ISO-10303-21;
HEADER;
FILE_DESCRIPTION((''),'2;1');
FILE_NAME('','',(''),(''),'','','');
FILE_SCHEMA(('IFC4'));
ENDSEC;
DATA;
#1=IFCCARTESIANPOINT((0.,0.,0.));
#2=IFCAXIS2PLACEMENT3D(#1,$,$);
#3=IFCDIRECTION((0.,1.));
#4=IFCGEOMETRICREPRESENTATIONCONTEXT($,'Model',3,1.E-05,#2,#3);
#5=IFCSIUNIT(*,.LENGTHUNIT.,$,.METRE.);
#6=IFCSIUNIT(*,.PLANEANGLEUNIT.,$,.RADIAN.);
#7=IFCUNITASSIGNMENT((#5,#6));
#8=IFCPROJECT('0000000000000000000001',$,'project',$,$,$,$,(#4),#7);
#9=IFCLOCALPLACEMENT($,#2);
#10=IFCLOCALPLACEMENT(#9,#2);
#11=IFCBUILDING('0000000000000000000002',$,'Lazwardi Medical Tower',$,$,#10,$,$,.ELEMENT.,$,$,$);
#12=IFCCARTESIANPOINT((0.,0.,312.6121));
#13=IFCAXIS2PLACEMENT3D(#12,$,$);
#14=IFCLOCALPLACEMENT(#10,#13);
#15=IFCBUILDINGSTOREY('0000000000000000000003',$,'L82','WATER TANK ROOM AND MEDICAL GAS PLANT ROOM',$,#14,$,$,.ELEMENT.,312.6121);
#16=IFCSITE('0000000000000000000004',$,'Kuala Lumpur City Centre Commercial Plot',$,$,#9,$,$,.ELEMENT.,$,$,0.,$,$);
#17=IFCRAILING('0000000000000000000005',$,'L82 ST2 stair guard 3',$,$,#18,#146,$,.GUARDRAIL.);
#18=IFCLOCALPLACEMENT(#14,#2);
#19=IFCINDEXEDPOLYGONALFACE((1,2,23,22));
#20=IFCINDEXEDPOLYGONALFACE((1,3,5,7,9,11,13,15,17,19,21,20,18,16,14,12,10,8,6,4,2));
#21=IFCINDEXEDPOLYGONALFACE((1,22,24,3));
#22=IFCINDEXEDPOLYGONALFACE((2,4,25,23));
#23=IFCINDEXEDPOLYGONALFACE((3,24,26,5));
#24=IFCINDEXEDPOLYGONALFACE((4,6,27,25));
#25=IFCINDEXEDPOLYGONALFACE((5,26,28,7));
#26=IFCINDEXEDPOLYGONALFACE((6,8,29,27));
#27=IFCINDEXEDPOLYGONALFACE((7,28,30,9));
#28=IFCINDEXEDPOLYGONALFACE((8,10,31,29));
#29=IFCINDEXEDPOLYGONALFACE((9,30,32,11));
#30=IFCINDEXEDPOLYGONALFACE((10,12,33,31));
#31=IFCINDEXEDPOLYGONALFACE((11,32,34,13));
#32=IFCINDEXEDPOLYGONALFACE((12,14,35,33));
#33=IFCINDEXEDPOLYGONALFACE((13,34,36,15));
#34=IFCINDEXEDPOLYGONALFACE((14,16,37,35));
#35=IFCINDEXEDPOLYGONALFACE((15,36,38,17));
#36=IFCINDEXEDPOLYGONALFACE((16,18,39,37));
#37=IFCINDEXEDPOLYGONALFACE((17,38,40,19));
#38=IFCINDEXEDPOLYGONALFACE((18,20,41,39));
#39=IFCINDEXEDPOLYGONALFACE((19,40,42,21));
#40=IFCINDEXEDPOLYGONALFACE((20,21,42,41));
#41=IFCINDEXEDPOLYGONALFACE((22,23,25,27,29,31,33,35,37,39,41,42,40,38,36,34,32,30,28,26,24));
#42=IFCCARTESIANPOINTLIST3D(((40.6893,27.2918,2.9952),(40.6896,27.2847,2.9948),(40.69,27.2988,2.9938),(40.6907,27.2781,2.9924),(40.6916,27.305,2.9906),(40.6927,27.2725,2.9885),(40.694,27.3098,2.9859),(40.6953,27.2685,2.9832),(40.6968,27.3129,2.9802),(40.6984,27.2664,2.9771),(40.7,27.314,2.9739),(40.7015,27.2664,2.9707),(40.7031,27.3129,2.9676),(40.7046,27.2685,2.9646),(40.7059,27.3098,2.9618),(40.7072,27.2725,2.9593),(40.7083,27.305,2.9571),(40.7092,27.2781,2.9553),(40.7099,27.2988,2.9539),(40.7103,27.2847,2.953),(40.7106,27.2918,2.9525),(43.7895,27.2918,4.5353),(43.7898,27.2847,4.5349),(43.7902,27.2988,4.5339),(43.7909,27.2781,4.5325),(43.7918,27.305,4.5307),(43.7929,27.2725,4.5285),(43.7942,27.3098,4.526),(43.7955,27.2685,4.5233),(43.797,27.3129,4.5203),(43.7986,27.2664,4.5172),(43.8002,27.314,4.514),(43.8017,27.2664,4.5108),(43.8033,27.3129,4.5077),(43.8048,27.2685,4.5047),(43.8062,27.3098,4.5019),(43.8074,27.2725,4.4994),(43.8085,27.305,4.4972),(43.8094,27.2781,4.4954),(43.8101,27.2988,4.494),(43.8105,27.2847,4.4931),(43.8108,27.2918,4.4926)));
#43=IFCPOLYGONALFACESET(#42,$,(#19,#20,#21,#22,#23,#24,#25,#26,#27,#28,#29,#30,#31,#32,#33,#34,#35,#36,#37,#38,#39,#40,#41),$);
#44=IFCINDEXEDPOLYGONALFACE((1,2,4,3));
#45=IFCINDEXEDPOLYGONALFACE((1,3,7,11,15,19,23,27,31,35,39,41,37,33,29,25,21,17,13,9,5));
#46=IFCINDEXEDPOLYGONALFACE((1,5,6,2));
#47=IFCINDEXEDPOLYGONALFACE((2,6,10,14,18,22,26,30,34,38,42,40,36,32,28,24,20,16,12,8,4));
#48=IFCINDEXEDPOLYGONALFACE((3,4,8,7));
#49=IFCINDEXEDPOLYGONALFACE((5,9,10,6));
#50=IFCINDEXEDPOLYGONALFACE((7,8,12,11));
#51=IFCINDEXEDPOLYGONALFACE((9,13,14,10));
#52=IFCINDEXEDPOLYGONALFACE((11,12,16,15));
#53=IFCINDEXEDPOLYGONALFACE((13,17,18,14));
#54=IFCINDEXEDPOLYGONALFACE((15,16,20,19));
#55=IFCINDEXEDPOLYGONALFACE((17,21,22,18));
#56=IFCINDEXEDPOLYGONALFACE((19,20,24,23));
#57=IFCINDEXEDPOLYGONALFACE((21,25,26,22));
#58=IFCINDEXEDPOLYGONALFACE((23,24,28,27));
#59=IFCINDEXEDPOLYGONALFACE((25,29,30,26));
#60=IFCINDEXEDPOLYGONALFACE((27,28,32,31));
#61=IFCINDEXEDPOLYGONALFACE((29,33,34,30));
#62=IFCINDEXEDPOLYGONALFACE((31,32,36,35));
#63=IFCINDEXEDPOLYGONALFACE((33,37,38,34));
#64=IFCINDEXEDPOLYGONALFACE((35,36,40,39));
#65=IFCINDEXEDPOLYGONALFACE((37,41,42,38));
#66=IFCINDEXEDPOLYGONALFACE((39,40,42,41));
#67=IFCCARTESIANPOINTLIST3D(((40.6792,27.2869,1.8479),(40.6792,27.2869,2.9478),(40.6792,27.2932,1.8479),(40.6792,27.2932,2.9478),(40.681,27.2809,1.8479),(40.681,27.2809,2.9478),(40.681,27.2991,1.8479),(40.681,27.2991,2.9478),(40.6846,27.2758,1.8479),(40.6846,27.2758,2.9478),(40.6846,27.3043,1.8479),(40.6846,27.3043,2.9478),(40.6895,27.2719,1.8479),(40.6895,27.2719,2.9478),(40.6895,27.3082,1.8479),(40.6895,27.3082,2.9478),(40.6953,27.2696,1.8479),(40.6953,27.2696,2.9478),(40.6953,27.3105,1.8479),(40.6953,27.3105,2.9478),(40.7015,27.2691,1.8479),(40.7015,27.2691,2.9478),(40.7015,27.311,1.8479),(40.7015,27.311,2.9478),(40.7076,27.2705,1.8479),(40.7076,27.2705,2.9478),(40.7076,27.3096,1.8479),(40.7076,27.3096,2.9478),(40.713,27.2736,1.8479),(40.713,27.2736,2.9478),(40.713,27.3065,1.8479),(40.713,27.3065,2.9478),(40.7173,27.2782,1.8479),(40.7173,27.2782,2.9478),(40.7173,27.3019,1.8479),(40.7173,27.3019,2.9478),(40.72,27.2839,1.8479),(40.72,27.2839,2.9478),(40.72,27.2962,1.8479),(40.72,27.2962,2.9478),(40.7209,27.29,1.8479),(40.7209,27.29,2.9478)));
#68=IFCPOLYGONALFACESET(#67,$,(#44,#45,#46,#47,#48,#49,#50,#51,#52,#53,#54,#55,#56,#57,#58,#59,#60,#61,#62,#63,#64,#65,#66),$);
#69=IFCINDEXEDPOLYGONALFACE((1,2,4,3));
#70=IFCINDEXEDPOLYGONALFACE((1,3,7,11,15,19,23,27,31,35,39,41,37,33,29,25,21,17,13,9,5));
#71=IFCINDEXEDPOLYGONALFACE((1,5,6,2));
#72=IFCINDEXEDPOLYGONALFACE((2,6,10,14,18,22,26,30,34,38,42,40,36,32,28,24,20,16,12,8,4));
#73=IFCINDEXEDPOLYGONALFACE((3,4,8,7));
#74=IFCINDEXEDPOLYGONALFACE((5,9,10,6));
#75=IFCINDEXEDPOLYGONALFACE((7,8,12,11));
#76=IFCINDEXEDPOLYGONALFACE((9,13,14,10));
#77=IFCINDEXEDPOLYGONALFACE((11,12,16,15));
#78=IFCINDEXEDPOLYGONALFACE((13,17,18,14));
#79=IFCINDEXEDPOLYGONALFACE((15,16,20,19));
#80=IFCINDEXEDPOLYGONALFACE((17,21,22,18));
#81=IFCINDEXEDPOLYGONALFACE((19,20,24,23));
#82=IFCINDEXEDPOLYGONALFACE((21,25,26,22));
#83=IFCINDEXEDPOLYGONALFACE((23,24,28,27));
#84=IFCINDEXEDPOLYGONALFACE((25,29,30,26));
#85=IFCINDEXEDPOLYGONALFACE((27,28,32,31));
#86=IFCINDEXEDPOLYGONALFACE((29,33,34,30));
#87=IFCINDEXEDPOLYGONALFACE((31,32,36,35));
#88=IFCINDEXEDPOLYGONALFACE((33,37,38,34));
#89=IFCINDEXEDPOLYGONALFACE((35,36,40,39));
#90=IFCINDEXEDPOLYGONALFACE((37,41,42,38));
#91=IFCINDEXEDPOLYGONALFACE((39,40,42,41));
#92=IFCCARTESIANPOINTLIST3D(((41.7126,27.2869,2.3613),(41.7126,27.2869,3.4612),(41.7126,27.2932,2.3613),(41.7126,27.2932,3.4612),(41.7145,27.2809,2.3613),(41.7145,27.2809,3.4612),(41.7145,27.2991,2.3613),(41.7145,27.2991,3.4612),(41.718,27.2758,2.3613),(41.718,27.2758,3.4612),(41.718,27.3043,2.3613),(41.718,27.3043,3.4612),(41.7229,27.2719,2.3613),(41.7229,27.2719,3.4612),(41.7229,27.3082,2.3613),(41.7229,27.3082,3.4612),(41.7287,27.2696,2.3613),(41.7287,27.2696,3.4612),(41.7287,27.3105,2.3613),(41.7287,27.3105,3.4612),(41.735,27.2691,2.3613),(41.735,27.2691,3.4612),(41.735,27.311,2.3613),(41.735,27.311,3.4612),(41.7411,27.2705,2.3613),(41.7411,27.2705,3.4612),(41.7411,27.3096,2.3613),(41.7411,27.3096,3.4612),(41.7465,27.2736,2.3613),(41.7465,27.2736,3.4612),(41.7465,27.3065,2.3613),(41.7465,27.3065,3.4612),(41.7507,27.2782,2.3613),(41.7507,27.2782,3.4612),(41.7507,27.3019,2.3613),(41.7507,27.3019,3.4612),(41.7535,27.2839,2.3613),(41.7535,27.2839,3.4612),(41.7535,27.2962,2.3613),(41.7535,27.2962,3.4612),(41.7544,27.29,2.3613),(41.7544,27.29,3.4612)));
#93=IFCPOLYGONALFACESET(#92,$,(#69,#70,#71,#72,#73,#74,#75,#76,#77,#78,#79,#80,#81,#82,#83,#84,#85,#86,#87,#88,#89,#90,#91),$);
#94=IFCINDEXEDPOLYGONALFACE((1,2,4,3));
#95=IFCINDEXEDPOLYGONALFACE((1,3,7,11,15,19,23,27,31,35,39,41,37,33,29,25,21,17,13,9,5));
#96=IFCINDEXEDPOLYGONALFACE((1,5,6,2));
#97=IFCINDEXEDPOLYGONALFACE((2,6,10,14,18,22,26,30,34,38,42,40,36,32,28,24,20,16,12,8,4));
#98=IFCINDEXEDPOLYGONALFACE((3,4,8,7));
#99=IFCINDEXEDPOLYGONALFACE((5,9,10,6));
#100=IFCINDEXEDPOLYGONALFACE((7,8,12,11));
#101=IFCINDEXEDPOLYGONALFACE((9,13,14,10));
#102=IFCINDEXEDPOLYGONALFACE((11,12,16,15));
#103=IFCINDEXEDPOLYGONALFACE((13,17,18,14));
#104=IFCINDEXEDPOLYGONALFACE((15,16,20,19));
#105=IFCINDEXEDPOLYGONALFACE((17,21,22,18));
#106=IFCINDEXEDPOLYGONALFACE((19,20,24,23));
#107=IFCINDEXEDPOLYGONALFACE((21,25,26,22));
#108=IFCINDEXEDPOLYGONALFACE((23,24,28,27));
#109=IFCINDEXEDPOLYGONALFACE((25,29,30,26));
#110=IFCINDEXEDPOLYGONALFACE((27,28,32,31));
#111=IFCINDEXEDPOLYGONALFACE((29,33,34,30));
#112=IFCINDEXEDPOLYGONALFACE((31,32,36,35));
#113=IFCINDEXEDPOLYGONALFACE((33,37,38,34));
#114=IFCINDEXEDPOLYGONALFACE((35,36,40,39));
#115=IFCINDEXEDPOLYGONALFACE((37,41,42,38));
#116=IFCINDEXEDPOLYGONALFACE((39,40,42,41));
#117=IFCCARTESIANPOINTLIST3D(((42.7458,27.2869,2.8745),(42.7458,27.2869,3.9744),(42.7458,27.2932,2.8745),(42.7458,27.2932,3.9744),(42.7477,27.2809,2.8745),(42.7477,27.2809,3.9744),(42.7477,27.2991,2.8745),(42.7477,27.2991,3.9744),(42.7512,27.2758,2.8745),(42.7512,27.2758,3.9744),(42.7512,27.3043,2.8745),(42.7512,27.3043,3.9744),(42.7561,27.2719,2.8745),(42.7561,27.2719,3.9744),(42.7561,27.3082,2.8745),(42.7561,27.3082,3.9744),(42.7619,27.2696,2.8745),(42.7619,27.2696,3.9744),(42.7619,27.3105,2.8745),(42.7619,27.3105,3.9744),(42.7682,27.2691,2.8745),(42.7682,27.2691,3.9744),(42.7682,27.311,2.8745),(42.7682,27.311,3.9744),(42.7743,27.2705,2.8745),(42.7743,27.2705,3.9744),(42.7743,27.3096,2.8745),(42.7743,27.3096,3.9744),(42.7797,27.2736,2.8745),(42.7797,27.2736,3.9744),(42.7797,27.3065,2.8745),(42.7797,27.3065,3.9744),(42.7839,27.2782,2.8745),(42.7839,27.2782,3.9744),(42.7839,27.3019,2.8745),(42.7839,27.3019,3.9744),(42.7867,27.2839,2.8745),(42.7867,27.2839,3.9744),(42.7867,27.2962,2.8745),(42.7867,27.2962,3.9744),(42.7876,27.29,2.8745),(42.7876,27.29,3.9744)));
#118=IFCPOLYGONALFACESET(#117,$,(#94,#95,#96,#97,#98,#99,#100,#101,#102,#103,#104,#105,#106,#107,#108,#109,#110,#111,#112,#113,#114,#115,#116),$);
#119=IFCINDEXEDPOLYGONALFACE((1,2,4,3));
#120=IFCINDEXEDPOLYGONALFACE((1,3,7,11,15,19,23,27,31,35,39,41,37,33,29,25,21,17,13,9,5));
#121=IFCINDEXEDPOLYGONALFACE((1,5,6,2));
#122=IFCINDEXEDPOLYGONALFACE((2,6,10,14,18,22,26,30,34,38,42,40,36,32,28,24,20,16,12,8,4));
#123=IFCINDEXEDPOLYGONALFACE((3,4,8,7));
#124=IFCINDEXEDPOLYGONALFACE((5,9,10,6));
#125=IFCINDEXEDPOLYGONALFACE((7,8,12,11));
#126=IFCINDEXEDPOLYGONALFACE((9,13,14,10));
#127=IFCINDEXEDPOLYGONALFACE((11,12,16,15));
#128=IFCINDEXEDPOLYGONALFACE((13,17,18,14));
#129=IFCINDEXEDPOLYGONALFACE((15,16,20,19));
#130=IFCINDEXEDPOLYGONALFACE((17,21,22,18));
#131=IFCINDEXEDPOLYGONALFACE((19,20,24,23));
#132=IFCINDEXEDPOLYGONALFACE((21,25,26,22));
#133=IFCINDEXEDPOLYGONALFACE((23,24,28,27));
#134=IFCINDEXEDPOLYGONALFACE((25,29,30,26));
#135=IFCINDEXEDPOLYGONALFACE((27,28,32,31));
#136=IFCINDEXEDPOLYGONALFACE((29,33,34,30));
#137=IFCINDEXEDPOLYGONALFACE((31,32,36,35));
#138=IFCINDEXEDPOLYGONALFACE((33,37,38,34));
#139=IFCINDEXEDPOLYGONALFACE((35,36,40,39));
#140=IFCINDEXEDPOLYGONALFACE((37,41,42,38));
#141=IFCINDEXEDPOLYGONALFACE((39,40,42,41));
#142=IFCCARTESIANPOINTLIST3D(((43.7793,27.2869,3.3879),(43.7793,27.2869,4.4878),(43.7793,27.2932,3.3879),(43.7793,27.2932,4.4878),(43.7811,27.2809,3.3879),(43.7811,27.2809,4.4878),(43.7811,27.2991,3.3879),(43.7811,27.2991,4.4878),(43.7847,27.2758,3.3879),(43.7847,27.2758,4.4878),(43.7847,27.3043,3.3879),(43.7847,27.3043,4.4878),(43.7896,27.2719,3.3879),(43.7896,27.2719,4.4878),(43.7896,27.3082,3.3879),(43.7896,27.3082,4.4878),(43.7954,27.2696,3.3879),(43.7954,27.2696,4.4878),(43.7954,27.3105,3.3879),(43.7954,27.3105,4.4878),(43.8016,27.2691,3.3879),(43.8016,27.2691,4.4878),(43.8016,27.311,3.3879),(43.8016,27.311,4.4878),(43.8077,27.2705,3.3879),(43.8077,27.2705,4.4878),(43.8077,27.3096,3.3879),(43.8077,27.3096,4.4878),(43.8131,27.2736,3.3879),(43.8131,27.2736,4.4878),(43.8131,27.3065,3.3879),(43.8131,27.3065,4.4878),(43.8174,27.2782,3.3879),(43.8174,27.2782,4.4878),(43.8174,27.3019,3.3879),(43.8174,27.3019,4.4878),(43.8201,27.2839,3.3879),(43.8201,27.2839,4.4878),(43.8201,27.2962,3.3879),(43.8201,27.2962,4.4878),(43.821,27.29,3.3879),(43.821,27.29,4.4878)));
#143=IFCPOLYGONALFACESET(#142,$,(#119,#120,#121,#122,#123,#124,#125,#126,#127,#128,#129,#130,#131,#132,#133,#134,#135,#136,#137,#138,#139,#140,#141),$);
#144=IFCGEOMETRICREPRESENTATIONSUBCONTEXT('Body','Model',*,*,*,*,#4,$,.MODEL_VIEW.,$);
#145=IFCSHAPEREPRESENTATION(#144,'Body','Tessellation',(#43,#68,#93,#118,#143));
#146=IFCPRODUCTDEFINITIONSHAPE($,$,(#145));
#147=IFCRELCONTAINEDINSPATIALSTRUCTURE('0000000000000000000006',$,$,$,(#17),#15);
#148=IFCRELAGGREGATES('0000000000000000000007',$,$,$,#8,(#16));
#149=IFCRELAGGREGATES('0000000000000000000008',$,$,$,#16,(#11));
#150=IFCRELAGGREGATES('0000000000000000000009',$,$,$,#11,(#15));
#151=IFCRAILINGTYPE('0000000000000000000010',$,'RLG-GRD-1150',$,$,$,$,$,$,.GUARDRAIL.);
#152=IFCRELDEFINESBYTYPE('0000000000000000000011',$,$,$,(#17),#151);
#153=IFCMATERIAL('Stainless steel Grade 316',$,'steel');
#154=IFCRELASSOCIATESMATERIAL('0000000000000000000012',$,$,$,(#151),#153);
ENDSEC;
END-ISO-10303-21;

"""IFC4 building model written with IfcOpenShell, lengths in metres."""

from ifc_helpers import new_model, si_unit, direction, frame, origin, origin_2d, place, context, subcontext, project, spatial, circle, extrude, material, type_object, element, save


model = new_model("IFC4")

# Units and contexts
model_context = context("Model", 3, precision=1e-05, world=origin(), true_north=direction((0.0, 1.0)))
body_context = subcontext(model_context, "Body", "Model", "MODEL_VIEW")
ifc_project = project(units=[si_unit("LENGTHUNIT", "METRE"), si_unit("PLANEANGLEUNIT", "RADIAN")], contexts=[model_context])

# Site, building, storey
site_placement = place(None, origin())
site = spatial("IfcSite", under=ifc_project, at=site_placement, Name="Kuala Lumpur City Centre Commercial Plot", CompositionType="ELEMENT", RefElevation=0.0)
building_placement = place(site_placement, origin())
building = spatial("IfcBuilding", under=site, at=building_placement, Name="Lazwardi Medical Tower", CompositionType="ELEMENT")
storey_placement = place(building_placement, frame((0.0, 0.0, 312.6121)))
storey = spatial("IfcBuildingStorey", under=building, at=storey_placement, Name="L82", Description="WATER TANK ROOM AND MEDICAL GAS PLANT ROOM", CompositionType="ELEMENT", Elevation=312.6121)

# Railing
ifc_material_1 = material(Name="Stainless steel Grade 316", Category="steel")
railing_type_1 = type_object("IfcRailingType", Name="RLG-GRD-1150", PredefinedType="GUARDRAIL", material=ifc_material_1)
railing_1_placement = place(storey_placement, frame((40.7, 27.29, 1.8479)))
element("IfcRailing", 1, at=railing_1_placement, inside=storey, type_object=railing_type_1, Name="L82 ST2 stair guard 3", PredefinedType="GUARDRAIL", context=body_context, shape_type="SweptSolid", body=[
    extrude(circle(Radius=0.0239, at=origin_2d()), frame((0.0, 0.0, 1.126), z_axis=(0.895581, 0.0, 0.444899), x_axis=(0.0, 1.0, 0.0)), (0.0, 0.0, 1.0), 3.4617),
    extrude(circle(Radius=0.021, at=origin_2d()), origin(), (0.0, 0.0, 1.0), 1.0999),
    extrude(circle(Radius=0.021, at=origin_2d()), frame((1.0334, 0.0, 0.5134)), (0.0, 0.0, 1.0), 1.0999),
    extrude(circle(Radius=0.021, at=origin_2d()), frame((2.0667, 0.0, 1.0266)), (0.0, 0.0, 1.0), 1.0999),
    extrude(circle(Radius=0.021, at=origin_2d()), frame((3.1001, 0.0, 1.54)), (0.0, 0.0, 1.0), 1.0999),
])

save(model, "model.ifc")
